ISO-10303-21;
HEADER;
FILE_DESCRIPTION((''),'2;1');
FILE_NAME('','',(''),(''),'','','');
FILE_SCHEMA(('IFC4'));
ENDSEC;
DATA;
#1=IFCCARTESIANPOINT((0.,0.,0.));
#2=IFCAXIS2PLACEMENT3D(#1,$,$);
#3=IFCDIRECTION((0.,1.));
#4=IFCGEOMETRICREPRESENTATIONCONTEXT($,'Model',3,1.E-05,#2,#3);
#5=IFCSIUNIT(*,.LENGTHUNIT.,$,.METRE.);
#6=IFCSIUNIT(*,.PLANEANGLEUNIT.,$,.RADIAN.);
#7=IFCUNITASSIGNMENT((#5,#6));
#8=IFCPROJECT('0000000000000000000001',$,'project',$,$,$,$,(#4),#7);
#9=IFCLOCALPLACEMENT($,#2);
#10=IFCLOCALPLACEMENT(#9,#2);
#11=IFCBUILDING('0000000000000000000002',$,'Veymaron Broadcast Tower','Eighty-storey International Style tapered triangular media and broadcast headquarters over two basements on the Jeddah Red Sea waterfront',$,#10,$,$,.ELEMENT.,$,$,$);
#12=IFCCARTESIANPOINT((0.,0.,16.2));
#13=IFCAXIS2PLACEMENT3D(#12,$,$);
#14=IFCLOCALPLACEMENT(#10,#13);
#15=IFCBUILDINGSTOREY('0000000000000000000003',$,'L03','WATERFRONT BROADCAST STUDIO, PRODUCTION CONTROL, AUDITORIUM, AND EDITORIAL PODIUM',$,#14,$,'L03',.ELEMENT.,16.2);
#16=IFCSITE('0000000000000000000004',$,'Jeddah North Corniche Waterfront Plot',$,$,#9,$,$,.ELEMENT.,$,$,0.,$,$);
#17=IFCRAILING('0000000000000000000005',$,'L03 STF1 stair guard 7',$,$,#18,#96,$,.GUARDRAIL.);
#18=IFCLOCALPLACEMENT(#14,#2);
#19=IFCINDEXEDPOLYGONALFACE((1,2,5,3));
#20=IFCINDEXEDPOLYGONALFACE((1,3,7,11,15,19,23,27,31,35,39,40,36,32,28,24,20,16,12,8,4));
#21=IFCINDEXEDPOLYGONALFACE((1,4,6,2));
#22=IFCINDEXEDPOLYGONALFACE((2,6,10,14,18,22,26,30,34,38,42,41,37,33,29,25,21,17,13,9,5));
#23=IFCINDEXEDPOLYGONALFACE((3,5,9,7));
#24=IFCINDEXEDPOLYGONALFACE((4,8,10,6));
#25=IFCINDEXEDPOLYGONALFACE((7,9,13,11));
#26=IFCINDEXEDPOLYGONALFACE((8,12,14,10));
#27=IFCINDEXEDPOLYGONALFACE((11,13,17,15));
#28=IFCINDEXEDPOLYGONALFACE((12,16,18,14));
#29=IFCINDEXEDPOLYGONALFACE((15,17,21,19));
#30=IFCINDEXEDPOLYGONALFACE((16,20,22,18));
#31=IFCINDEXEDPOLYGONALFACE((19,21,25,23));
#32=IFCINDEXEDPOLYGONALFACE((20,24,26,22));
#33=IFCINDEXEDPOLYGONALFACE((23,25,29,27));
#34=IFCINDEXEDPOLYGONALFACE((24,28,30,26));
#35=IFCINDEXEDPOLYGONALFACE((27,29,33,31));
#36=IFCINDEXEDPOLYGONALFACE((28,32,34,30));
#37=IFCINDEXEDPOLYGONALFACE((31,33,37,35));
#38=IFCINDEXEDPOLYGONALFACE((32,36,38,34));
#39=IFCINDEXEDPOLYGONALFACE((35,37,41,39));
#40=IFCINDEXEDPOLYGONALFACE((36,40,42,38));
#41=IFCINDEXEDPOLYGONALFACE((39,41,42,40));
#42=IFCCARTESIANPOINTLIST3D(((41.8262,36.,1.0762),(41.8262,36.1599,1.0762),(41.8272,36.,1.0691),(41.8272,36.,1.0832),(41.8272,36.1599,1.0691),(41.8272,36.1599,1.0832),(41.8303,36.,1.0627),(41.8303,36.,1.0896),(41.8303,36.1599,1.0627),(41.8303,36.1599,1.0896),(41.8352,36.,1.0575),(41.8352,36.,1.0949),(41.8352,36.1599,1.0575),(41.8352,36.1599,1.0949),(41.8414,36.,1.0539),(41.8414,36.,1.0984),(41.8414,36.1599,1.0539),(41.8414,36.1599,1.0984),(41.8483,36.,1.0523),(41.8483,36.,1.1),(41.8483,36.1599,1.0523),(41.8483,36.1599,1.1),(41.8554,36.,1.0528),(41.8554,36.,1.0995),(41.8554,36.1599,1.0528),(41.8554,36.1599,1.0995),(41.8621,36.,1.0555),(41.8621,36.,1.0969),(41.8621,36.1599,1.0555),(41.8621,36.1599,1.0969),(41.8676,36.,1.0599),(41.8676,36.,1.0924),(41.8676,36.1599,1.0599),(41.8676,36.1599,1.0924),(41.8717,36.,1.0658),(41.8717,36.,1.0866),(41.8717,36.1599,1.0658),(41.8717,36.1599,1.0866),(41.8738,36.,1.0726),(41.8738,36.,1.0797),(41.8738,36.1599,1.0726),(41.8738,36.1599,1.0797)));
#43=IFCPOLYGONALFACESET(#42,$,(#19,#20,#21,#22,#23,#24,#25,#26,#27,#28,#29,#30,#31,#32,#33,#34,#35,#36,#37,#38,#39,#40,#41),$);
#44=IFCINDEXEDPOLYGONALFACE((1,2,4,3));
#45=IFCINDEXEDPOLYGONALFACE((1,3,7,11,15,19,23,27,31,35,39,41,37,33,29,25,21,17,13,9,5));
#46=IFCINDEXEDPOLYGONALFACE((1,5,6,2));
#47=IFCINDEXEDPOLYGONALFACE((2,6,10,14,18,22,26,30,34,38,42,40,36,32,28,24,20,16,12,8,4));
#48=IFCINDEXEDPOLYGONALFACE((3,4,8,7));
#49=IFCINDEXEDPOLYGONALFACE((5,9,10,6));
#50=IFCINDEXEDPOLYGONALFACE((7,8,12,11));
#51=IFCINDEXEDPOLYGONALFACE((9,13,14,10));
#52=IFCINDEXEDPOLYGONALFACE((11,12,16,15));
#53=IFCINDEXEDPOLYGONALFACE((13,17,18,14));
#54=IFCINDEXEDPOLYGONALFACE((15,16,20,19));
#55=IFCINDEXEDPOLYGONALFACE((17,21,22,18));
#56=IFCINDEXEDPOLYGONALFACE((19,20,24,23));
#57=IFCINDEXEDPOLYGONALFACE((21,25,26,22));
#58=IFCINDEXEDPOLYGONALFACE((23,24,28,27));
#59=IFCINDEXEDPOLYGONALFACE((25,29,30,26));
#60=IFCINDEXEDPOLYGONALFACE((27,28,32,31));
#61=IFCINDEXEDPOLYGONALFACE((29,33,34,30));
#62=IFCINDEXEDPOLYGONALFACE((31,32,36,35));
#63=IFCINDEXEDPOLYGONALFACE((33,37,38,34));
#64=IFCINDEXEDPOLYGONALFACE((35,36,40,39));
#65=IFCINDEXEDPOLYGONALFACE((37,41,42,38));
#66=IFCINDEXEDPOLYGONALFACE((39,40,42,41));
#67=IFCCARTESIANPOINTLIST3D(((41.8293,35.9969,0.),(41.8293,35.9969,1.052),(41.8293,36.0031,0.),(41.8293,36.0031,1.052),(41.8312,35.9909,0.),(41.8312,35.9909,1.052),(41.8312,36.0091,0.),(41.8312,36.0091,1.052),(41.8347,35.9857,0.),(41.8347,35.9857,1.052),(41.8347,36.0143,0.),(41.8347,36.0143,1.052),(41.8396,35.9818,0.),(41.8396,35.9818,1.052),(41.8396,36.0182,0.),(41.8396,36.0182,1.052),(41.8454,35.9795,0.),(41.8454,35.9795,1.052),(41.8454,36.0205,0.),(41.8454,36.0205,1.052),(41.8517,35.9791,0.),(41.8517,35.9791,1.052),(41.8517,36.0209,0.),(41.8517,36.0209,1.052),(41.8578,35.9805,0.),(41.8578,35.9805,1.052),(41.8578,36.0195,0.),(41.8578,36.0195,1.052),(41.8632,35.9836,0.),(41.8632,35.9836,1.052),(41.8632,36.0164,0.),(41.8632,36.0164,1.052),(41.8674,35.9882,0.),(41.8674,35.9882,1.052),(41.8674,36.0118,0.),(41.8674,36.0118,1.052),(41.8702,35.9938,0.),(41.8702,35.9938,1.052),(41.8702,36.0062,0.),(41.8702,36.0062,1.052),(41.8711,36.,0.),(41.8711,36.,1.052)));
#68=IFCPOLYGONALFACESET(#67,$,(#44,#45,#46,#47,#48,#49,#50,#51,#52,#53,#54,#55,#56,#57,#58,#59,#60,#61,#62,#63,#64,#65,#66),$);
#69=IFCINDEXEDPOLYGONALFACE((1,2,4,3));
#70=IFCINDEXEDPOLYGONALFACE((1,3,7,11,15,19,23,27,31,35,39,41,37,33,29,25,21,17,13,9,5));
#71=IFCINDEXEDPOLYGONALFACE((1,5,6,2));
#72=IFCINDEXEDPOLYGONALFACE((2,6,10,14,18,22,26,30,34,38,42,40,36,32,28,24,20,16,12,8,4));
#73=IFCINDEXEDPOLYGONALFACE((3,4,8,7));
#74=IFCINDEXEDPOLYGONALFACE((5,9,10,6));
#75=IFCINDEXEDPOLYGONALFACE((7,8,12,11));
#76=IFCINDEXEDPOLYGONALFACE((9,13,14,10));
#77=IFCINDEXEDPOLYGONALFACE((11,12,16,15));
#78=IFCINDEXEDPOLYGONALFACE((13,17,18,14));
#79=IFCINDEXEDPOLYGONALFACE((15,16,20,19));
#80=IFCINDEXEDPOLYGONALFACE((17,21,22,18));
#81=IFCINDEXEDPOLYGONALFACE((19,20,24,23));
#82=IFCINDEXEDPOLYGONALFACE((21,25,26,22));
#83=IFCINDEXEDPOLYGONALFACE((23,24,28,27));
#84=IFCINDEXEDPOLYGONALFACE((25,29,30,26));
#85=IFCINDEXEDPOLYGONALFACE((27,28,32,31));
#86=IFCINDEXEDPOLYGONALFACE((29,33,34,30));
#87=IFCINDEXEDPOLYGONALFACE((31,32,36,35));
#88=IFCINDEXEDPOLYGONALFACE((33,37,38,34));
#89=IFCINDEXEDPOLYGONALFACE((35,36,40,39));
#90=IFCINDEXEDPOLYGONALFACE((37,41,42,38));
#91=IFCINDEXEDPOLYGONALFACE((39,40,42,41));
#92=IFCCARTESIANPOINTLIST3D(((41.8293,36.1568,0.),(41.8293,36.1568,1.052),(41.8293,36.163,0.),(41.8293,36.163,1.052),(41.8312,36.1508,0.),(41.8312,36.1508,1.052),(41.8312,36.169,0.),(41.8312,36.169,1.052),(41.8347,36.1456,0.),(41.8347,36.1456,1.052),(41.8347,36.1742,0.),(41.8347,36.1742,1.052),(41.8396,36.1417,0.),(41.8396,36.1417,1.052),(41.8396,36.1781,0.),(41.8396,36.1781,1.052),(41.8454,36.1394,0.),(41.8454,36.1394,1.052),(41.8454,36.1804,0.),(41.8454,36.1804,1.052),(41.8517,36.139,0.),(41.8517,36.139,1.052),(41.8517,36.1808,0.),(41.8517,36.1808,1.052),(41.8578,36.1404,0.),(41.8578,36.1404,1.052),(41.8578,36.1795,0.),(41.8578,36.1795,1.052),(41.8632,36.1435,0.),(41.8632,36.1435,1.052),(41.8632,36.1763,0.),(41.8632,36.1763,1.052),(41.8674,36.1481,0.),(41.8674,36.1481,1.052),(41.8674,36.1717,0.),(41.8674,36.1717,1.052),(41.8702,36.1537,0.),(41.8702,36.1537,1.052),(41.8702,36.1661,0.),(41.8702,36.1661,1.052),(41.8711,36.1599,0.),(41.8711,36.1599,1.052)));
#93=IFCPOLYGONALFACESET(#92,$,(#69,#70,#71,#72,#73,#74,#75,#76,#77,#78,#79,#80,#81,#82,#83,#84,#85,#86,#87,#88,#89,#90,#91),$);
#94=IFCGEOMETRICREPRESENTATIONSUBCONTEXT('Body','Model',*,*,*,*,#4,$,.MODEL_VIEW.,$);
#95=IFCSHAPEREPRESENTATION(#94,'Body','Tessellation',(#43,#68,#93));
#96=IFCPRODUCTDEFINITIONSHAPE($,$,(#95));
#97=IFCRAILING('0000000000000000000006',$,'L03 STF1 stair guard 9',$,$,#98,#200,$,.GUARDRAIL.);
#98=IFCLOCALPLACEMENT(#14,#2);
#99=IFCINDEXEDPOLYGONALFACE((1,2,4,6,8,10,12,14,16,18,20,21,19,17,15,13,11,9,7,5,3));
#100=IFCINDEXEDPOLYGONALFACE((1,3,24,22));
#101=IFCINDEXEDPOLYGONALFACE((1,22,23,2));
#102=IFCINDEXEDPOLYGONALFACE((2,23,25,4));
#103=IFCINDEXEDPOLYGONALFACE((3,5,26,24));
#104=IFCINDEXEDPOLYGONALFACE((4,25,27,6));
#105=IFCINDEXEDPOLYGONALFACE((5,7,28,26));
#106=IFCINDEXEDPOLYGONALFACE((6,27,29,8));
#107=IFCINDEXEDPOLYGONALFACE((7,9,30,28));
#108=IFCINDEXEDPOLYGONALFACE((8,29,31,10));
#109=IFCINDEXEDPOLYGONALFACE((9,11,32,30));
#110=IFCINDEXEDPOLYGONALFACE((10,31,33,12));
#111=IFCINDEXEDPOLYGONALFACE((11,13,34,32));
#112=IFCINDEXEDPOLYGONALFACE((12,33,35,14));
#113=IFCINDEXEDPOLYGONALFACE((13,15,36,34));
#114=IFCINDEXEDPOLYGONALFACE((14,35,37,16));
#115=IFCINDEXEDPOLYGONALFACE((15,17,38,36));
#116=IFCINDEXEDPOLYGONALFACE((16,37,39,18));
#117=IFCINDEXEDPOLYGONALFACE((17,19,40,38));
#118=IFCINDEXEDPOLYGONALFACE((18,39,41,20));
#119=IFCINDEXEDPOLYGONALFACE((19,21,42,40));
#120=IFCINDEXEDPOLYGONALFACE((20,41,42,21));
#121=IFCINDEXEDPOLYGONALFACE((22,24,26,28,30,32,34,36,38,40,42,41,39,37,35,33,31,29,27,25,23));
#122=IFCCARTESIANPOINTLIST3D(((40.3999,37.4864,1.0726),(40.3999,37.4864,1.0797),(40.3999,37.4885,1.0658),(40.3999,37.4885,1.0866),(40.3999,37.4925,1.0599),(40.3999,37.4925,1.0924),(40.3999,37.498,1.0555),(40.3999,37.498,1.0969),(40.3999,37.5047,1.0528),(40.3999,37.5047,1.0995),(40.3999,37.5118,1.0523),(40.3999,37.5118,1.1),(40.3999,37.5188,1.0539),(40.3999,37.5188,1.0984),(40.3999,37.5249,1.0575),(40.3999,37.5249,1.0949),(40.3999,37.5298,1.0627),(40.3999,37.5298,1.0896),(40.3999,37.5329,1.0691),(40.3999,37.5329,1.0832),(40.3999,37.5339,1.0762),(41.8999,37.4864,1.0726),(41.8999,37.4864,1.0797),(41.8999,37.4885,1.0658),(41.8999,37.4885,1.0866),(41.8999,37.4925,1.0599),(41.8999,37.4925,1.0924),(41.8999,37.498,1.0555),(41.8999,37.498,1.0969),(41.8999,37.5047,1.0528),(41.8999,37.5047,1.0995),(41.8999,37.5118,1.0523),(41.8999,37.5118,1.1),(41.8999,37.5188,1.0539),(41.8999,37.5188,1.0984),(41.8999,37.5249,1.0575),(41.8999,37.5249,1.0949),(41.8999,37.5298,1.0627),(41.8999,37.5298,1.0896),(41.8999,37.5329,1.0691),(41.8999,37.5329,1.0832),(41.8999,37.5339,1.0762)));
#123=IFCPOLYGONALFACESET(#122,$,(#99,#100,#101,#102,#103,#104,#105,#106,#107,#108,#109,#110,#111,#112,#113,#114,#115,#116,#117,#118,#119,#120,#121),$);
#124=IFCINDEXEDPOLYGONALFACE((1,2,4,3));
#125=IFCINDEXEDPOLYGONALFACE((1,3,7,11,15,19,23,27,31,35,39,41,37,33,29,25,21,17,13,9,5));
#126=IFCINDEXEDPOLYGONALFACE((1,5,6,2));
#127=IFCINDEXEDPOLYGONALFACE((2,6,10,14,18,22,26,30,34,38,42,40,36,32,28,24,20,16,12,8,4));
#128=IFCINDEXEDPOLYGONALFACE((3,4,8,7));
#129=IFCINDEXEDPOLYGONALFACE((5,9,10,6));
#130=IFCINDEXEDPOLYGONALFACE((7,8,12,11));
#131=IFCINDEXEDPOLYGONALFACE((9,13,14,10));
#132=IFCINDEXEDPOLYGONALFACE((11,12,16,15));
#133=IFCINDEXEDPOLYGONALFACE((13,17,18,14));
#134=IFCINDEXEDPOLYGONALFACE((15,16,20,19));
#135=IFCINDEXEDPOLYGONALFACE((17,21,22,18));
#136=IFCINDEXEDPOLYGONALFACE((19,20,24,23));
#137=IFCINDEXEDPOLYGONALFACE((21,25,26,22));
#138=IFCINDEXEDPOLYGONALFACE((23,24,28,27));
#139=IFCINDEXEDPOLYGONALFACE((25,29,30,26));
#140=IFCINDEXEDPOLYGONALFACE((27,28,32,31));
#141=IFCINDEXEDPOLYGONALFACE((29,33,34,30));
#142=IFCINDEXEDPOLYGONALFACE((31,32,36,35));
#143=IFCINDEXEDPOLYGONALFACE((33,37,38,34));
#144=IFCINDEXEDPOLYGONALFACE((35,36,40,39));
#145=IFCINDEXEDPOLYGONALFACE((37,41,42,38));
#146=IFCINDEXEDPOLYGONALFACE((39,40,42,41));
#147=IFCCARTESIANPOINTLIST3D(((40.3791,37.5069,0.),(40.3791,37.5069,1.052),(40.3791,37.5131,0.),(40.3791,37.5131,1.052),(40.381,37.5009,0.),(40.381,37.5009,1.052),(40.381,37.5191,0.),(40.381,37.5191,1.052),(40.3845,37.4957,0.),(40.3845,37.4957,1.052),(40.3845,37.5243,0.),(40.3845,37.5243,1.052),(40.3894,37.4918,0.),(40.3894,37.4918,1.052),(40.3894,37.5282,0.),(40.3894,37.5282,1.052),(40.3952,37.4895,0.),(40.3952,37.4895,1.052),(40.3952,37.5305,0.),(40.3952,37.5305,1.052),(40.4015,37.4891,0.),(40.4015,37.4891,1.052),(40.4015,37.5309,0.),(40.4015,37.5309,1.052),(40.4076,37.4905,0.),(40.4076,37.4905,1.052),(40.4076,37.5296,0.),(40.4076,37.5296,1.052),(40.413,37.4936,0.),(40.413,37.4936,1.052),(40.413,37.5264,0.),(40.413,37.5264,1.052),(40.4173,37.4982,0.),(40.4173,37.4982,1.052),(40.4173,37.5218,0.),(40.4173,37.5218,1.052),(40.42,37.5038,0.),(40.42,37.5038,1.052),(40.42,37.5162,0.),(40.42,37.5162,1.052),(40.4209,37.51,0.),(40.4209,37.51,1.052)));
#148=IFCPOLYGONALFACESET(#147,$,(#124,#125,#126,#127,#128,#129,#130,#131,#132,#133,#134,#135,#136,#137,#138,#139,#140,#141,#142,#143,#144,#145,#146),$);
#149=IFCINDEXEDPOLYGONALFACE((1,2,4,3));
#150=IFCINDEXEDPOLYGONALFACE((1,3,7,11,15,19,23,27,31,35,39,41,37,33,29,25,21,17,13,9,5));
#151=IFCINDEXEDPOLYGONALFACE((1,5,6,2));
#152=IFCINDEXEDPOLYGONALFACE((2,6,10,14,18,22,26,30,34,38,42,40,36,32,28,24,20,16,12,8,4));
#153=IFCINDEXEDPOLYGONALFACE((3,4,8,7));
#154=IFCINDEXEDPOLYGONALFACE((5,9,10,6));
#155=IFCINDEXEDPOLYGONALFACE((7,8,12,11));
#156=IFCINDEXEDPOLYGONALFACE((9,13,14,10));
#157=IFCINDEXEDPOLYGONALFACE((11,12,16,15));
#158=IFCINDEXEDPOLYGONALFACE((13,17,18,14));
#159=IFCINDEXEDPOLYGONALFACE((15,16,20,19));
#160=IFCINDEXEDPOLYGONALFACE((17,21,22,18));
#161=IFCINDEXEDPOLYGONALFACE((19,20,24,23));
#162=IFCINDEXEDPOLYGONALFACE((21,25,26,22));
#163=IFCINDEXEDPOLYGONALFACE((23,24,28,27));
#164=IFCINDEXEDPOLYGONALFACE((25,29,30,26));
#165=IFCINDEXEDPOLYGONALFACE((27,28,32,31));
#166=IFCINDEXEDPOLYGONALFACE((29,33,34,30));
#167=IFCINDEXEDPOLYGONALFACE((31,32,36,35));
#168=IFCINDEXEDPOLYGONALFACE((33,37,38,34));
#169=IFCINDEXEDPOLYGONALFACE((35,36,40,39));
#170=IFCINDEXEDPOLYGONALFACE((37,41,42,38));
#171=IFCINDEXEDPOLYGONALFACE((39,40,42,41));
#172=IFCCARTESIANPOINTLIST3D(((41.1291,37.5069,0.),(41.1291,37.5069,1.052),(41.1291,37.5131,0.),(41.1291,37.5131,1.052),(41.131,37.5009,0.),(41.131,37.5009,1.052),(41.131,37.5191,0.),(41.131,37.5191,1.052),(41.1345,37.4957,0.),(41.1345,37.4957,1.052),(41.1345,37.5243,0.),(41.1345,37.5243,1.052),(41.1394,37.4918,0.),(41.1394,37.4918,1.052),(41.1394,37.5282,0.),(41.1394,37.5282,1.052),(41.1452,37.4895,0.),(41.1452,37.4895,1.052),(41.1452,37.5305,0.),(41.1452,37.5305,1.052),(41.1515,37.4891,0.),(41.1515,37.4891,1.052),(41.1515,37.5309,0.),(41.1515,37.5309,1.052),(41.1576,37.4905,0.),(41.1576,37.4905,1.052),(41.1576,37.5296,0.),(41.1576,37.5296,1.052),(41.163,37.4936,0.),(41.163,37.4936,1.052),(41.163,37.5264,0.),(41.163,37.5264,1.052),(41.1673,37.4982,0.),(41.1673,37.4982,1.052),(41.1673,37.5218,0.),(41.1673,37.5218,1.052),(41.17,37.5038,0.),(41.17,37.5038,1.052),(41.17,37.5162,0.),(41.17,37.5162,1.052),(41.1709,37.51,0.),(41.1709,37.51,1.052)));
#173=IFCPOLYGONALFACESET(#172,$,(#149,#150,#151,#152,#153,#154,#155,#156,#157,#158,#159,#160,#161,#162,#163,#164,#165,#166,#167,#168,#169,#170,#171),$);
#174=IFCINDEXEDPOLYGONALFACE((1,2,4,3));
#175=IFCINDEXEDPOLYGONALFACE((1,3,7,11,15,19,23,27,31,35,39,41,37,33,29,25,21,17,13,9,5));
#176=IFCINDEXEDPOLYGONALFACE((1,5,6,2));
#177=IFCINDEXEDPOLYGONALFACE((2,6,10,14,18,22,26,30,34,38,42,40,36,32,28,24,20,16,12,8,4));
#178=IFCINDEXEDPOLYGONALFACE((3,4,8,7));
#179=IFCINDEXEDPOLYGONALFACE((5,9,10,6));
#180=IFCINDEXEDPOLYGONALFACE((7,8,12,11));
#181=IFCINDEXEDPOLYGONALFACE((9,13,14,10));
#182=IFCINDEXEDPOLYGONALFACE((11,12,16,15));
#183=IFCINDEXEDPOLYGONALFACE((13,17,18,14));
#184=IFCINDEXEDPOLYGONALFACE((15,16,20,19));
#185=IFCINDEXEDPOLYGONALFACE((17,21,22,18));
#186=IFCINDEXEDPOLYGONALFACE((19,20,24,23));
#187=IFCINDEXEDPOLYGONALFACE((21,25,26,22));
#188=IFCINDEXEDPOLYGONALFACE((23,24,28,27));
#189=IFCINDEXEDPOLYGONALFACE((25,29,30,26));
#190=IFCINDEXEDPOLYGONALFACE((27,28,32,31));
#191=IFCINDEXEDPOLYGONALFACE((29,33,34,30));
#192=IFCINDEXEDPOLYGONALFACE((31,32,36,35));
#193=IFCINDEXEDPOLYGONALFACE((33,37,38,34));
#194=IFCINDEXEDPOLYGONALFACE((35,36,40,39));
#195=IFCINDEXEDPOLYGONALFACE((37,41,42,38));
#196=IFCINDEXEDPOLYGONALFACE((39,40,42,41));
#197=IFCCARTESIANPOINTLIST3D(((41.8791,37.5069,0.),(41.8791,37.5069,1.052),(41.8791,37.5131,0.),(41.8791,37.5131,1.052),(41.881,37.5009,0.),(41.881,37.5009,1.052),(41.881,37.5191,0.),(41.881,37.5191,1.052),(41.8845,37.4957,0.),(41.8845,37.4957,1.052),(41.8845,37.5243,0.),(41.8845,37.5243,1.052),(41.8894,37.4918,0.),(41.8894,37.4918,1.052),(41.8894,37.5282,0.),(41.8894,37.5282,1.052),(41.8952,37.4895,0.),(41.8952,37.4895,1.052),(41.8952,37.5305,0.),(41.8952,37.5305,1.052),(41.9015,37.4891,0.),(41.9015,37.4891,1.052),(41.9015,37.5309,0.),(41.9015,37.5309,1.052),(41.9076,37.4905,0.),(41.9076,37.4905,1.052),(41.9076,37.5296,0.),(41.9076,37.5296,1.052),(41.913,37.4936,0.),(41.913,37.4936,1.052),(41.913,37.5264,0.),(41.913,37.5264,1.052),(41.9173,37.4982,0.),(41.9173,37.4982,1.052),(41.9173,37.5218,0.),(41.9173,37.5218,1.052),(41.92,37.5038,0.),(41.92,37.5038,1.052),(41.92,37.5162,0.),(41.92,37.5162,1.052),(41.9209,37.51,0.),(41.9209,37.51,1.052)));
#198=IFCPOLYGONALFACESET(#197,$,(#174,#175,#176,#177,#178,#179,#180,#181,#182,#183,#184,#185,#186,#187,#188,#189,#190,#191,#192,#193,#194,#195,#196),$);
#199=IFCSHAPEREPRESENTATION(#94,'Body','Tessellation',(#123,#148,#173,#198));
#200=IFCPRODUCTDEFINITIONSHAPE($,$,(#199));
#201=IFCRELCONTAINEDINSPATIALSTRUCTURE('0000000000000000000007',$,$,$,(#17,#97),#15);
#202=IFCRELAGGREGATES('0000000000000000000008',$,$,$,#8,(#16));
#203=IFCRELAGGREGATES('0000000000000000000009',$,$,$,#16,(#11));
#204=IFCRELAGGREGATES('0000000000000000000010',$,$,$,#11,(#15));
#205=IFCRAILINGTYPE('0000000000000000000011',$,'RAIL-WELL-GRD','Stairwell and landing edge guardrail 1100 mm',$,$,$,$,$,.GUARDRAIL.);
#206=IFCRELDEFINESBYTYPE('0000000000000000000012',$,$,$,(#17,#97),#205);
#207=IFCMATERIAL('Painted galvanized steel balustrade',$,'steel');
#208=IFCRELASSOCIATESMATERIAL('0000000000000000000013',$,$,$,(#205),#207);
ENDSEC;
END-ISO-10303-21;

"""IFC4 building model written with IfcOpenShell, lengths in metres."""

from ifc_helpers import new_model, si_unit, direction, frame, origin, origin_2d, place, context, subcontext, project, spatial, circle, extrude, material, type_object, element, save


model = new_model("IFC4")

# Units and contexts
model_context = context("Model", 3, precision=1e-05, world=origin(), true_north=direction((0.0, 1.0)))
body_context = subcontext(model_context, "Body", "Model", "MODEL_VIEW")
ifc_project = project(units=[si_unit("LENGTHUNIT", "METRE"), si_unit("PLANEANGLEUNIT", "RADIAN")], contexts=[model_context])

# Site, building, storey
site_placement = place(None, origin())
site = spatial("IfcSite", under=ifc_project, at=site_placement, Name="Jeddah North Corniche Waterfront Plot", CompositionType="ELEMENT", RefElevation=0.0)
building_placement = place(site_placement, origin())
building = spatial("IfcBuilding", under=site, at=building_placement, Name="Veymaron Broadcast Tower", Description="Eighty-storey International Style tapered triangular media and broadcast headquarters over two basements on the Jeddah Red Sea waterfront", CompositionType="ELEMENT")
storey_placement = place(building_placement, frame((0.0, 0.0, 16.2)))
storey = spatial("IfcBuildingStorey", under=building, at=storey_placement, Name="L03", Description="WATERFRONT BROADCAST STUDIO, PRODUCTION CONTROL, AUDITORIUM, AND EDITORIAL PODIUM", LongName="L03", CompositionType="ELEMENT", Elevation=16.2)

# Railings
ifc_material_1 = material(Name="Painted galvanized steel balustrade", Category="steel")
railing_type_1 = type_object("IfcRailingType", Name="RAIL-WELL-GRD", Description="Stairwell and landing edge guardrail 1100 mm", PredefinedType="GUARDRAIL", material=ifc_material_1)
railing_1_placement = place(storey_placement, frame((41.8501, 36.0, 0.0)))
element("IfcRailing", 1, at=railing_1_placement, inside=storey, type_object=railing_type_1, Name="L03 STF1 stair guard 7", PredefinedType="GUARDRAIL", context=body_context, shape_type="SweptSolid", body=[
    extrude(circle(Radius=0.0239, at=origin_2d()), frame((0.0, 0.0, 1.0762), z_axis=(0.0, 1.0, 0.0), x_axis=(-1.0, 0.0, 0.0)), (0.0, 0.0, 1.0), 0.1599),
    extrude(circle(Radius=0.021, at=origin_2d()), origin(), (0.0, 0.0, 1.0), 1.052),
    extrude(circle(Radius=0.021, at=origin_2d()), frame((0.0, 0.1599, 0.0)), (0.0, 0.0, 1.0), 1.052),
])
railing_2_placement = place(storey_placement, frame((40.3999, 37.51, 0.0)))
element("IfcRailing", 2, at=railing_2_placement, inside=storey, type_object=railing_type_1, Name="L03 STF1 stair guard 9", PredefinedType="GUARDRAIL", context=body_context, shape_type="SweptSolid", body=[
    extrude(circle(Radius=0.0239, at=origin_2d()), frame((0.0, 0.0, 1.0762), z_axis=(1.0, 0.0, 0.0), x_axis=(0.0, 1.0, 0.0)), (0.0, 0.0, 1.0), 1.5),
    extrude(circle(Radius=0.021, at=origin_2d()), origin(), (0.0, 0.0, 1.0), 1.052),
    extrude(circle(Radius=0.021, at=origin_2d()), frame((0.75, 0.0, 0.0)), (0.0, 0.0, 1.0), 1.052),
    extrude(circle(Radius=0.021, at=origin_2d()), frame((1.5, 0.0, 0.0)), (0.0, 0.0, 1.0), 1.052),
])

save(model, "model.ifc")
